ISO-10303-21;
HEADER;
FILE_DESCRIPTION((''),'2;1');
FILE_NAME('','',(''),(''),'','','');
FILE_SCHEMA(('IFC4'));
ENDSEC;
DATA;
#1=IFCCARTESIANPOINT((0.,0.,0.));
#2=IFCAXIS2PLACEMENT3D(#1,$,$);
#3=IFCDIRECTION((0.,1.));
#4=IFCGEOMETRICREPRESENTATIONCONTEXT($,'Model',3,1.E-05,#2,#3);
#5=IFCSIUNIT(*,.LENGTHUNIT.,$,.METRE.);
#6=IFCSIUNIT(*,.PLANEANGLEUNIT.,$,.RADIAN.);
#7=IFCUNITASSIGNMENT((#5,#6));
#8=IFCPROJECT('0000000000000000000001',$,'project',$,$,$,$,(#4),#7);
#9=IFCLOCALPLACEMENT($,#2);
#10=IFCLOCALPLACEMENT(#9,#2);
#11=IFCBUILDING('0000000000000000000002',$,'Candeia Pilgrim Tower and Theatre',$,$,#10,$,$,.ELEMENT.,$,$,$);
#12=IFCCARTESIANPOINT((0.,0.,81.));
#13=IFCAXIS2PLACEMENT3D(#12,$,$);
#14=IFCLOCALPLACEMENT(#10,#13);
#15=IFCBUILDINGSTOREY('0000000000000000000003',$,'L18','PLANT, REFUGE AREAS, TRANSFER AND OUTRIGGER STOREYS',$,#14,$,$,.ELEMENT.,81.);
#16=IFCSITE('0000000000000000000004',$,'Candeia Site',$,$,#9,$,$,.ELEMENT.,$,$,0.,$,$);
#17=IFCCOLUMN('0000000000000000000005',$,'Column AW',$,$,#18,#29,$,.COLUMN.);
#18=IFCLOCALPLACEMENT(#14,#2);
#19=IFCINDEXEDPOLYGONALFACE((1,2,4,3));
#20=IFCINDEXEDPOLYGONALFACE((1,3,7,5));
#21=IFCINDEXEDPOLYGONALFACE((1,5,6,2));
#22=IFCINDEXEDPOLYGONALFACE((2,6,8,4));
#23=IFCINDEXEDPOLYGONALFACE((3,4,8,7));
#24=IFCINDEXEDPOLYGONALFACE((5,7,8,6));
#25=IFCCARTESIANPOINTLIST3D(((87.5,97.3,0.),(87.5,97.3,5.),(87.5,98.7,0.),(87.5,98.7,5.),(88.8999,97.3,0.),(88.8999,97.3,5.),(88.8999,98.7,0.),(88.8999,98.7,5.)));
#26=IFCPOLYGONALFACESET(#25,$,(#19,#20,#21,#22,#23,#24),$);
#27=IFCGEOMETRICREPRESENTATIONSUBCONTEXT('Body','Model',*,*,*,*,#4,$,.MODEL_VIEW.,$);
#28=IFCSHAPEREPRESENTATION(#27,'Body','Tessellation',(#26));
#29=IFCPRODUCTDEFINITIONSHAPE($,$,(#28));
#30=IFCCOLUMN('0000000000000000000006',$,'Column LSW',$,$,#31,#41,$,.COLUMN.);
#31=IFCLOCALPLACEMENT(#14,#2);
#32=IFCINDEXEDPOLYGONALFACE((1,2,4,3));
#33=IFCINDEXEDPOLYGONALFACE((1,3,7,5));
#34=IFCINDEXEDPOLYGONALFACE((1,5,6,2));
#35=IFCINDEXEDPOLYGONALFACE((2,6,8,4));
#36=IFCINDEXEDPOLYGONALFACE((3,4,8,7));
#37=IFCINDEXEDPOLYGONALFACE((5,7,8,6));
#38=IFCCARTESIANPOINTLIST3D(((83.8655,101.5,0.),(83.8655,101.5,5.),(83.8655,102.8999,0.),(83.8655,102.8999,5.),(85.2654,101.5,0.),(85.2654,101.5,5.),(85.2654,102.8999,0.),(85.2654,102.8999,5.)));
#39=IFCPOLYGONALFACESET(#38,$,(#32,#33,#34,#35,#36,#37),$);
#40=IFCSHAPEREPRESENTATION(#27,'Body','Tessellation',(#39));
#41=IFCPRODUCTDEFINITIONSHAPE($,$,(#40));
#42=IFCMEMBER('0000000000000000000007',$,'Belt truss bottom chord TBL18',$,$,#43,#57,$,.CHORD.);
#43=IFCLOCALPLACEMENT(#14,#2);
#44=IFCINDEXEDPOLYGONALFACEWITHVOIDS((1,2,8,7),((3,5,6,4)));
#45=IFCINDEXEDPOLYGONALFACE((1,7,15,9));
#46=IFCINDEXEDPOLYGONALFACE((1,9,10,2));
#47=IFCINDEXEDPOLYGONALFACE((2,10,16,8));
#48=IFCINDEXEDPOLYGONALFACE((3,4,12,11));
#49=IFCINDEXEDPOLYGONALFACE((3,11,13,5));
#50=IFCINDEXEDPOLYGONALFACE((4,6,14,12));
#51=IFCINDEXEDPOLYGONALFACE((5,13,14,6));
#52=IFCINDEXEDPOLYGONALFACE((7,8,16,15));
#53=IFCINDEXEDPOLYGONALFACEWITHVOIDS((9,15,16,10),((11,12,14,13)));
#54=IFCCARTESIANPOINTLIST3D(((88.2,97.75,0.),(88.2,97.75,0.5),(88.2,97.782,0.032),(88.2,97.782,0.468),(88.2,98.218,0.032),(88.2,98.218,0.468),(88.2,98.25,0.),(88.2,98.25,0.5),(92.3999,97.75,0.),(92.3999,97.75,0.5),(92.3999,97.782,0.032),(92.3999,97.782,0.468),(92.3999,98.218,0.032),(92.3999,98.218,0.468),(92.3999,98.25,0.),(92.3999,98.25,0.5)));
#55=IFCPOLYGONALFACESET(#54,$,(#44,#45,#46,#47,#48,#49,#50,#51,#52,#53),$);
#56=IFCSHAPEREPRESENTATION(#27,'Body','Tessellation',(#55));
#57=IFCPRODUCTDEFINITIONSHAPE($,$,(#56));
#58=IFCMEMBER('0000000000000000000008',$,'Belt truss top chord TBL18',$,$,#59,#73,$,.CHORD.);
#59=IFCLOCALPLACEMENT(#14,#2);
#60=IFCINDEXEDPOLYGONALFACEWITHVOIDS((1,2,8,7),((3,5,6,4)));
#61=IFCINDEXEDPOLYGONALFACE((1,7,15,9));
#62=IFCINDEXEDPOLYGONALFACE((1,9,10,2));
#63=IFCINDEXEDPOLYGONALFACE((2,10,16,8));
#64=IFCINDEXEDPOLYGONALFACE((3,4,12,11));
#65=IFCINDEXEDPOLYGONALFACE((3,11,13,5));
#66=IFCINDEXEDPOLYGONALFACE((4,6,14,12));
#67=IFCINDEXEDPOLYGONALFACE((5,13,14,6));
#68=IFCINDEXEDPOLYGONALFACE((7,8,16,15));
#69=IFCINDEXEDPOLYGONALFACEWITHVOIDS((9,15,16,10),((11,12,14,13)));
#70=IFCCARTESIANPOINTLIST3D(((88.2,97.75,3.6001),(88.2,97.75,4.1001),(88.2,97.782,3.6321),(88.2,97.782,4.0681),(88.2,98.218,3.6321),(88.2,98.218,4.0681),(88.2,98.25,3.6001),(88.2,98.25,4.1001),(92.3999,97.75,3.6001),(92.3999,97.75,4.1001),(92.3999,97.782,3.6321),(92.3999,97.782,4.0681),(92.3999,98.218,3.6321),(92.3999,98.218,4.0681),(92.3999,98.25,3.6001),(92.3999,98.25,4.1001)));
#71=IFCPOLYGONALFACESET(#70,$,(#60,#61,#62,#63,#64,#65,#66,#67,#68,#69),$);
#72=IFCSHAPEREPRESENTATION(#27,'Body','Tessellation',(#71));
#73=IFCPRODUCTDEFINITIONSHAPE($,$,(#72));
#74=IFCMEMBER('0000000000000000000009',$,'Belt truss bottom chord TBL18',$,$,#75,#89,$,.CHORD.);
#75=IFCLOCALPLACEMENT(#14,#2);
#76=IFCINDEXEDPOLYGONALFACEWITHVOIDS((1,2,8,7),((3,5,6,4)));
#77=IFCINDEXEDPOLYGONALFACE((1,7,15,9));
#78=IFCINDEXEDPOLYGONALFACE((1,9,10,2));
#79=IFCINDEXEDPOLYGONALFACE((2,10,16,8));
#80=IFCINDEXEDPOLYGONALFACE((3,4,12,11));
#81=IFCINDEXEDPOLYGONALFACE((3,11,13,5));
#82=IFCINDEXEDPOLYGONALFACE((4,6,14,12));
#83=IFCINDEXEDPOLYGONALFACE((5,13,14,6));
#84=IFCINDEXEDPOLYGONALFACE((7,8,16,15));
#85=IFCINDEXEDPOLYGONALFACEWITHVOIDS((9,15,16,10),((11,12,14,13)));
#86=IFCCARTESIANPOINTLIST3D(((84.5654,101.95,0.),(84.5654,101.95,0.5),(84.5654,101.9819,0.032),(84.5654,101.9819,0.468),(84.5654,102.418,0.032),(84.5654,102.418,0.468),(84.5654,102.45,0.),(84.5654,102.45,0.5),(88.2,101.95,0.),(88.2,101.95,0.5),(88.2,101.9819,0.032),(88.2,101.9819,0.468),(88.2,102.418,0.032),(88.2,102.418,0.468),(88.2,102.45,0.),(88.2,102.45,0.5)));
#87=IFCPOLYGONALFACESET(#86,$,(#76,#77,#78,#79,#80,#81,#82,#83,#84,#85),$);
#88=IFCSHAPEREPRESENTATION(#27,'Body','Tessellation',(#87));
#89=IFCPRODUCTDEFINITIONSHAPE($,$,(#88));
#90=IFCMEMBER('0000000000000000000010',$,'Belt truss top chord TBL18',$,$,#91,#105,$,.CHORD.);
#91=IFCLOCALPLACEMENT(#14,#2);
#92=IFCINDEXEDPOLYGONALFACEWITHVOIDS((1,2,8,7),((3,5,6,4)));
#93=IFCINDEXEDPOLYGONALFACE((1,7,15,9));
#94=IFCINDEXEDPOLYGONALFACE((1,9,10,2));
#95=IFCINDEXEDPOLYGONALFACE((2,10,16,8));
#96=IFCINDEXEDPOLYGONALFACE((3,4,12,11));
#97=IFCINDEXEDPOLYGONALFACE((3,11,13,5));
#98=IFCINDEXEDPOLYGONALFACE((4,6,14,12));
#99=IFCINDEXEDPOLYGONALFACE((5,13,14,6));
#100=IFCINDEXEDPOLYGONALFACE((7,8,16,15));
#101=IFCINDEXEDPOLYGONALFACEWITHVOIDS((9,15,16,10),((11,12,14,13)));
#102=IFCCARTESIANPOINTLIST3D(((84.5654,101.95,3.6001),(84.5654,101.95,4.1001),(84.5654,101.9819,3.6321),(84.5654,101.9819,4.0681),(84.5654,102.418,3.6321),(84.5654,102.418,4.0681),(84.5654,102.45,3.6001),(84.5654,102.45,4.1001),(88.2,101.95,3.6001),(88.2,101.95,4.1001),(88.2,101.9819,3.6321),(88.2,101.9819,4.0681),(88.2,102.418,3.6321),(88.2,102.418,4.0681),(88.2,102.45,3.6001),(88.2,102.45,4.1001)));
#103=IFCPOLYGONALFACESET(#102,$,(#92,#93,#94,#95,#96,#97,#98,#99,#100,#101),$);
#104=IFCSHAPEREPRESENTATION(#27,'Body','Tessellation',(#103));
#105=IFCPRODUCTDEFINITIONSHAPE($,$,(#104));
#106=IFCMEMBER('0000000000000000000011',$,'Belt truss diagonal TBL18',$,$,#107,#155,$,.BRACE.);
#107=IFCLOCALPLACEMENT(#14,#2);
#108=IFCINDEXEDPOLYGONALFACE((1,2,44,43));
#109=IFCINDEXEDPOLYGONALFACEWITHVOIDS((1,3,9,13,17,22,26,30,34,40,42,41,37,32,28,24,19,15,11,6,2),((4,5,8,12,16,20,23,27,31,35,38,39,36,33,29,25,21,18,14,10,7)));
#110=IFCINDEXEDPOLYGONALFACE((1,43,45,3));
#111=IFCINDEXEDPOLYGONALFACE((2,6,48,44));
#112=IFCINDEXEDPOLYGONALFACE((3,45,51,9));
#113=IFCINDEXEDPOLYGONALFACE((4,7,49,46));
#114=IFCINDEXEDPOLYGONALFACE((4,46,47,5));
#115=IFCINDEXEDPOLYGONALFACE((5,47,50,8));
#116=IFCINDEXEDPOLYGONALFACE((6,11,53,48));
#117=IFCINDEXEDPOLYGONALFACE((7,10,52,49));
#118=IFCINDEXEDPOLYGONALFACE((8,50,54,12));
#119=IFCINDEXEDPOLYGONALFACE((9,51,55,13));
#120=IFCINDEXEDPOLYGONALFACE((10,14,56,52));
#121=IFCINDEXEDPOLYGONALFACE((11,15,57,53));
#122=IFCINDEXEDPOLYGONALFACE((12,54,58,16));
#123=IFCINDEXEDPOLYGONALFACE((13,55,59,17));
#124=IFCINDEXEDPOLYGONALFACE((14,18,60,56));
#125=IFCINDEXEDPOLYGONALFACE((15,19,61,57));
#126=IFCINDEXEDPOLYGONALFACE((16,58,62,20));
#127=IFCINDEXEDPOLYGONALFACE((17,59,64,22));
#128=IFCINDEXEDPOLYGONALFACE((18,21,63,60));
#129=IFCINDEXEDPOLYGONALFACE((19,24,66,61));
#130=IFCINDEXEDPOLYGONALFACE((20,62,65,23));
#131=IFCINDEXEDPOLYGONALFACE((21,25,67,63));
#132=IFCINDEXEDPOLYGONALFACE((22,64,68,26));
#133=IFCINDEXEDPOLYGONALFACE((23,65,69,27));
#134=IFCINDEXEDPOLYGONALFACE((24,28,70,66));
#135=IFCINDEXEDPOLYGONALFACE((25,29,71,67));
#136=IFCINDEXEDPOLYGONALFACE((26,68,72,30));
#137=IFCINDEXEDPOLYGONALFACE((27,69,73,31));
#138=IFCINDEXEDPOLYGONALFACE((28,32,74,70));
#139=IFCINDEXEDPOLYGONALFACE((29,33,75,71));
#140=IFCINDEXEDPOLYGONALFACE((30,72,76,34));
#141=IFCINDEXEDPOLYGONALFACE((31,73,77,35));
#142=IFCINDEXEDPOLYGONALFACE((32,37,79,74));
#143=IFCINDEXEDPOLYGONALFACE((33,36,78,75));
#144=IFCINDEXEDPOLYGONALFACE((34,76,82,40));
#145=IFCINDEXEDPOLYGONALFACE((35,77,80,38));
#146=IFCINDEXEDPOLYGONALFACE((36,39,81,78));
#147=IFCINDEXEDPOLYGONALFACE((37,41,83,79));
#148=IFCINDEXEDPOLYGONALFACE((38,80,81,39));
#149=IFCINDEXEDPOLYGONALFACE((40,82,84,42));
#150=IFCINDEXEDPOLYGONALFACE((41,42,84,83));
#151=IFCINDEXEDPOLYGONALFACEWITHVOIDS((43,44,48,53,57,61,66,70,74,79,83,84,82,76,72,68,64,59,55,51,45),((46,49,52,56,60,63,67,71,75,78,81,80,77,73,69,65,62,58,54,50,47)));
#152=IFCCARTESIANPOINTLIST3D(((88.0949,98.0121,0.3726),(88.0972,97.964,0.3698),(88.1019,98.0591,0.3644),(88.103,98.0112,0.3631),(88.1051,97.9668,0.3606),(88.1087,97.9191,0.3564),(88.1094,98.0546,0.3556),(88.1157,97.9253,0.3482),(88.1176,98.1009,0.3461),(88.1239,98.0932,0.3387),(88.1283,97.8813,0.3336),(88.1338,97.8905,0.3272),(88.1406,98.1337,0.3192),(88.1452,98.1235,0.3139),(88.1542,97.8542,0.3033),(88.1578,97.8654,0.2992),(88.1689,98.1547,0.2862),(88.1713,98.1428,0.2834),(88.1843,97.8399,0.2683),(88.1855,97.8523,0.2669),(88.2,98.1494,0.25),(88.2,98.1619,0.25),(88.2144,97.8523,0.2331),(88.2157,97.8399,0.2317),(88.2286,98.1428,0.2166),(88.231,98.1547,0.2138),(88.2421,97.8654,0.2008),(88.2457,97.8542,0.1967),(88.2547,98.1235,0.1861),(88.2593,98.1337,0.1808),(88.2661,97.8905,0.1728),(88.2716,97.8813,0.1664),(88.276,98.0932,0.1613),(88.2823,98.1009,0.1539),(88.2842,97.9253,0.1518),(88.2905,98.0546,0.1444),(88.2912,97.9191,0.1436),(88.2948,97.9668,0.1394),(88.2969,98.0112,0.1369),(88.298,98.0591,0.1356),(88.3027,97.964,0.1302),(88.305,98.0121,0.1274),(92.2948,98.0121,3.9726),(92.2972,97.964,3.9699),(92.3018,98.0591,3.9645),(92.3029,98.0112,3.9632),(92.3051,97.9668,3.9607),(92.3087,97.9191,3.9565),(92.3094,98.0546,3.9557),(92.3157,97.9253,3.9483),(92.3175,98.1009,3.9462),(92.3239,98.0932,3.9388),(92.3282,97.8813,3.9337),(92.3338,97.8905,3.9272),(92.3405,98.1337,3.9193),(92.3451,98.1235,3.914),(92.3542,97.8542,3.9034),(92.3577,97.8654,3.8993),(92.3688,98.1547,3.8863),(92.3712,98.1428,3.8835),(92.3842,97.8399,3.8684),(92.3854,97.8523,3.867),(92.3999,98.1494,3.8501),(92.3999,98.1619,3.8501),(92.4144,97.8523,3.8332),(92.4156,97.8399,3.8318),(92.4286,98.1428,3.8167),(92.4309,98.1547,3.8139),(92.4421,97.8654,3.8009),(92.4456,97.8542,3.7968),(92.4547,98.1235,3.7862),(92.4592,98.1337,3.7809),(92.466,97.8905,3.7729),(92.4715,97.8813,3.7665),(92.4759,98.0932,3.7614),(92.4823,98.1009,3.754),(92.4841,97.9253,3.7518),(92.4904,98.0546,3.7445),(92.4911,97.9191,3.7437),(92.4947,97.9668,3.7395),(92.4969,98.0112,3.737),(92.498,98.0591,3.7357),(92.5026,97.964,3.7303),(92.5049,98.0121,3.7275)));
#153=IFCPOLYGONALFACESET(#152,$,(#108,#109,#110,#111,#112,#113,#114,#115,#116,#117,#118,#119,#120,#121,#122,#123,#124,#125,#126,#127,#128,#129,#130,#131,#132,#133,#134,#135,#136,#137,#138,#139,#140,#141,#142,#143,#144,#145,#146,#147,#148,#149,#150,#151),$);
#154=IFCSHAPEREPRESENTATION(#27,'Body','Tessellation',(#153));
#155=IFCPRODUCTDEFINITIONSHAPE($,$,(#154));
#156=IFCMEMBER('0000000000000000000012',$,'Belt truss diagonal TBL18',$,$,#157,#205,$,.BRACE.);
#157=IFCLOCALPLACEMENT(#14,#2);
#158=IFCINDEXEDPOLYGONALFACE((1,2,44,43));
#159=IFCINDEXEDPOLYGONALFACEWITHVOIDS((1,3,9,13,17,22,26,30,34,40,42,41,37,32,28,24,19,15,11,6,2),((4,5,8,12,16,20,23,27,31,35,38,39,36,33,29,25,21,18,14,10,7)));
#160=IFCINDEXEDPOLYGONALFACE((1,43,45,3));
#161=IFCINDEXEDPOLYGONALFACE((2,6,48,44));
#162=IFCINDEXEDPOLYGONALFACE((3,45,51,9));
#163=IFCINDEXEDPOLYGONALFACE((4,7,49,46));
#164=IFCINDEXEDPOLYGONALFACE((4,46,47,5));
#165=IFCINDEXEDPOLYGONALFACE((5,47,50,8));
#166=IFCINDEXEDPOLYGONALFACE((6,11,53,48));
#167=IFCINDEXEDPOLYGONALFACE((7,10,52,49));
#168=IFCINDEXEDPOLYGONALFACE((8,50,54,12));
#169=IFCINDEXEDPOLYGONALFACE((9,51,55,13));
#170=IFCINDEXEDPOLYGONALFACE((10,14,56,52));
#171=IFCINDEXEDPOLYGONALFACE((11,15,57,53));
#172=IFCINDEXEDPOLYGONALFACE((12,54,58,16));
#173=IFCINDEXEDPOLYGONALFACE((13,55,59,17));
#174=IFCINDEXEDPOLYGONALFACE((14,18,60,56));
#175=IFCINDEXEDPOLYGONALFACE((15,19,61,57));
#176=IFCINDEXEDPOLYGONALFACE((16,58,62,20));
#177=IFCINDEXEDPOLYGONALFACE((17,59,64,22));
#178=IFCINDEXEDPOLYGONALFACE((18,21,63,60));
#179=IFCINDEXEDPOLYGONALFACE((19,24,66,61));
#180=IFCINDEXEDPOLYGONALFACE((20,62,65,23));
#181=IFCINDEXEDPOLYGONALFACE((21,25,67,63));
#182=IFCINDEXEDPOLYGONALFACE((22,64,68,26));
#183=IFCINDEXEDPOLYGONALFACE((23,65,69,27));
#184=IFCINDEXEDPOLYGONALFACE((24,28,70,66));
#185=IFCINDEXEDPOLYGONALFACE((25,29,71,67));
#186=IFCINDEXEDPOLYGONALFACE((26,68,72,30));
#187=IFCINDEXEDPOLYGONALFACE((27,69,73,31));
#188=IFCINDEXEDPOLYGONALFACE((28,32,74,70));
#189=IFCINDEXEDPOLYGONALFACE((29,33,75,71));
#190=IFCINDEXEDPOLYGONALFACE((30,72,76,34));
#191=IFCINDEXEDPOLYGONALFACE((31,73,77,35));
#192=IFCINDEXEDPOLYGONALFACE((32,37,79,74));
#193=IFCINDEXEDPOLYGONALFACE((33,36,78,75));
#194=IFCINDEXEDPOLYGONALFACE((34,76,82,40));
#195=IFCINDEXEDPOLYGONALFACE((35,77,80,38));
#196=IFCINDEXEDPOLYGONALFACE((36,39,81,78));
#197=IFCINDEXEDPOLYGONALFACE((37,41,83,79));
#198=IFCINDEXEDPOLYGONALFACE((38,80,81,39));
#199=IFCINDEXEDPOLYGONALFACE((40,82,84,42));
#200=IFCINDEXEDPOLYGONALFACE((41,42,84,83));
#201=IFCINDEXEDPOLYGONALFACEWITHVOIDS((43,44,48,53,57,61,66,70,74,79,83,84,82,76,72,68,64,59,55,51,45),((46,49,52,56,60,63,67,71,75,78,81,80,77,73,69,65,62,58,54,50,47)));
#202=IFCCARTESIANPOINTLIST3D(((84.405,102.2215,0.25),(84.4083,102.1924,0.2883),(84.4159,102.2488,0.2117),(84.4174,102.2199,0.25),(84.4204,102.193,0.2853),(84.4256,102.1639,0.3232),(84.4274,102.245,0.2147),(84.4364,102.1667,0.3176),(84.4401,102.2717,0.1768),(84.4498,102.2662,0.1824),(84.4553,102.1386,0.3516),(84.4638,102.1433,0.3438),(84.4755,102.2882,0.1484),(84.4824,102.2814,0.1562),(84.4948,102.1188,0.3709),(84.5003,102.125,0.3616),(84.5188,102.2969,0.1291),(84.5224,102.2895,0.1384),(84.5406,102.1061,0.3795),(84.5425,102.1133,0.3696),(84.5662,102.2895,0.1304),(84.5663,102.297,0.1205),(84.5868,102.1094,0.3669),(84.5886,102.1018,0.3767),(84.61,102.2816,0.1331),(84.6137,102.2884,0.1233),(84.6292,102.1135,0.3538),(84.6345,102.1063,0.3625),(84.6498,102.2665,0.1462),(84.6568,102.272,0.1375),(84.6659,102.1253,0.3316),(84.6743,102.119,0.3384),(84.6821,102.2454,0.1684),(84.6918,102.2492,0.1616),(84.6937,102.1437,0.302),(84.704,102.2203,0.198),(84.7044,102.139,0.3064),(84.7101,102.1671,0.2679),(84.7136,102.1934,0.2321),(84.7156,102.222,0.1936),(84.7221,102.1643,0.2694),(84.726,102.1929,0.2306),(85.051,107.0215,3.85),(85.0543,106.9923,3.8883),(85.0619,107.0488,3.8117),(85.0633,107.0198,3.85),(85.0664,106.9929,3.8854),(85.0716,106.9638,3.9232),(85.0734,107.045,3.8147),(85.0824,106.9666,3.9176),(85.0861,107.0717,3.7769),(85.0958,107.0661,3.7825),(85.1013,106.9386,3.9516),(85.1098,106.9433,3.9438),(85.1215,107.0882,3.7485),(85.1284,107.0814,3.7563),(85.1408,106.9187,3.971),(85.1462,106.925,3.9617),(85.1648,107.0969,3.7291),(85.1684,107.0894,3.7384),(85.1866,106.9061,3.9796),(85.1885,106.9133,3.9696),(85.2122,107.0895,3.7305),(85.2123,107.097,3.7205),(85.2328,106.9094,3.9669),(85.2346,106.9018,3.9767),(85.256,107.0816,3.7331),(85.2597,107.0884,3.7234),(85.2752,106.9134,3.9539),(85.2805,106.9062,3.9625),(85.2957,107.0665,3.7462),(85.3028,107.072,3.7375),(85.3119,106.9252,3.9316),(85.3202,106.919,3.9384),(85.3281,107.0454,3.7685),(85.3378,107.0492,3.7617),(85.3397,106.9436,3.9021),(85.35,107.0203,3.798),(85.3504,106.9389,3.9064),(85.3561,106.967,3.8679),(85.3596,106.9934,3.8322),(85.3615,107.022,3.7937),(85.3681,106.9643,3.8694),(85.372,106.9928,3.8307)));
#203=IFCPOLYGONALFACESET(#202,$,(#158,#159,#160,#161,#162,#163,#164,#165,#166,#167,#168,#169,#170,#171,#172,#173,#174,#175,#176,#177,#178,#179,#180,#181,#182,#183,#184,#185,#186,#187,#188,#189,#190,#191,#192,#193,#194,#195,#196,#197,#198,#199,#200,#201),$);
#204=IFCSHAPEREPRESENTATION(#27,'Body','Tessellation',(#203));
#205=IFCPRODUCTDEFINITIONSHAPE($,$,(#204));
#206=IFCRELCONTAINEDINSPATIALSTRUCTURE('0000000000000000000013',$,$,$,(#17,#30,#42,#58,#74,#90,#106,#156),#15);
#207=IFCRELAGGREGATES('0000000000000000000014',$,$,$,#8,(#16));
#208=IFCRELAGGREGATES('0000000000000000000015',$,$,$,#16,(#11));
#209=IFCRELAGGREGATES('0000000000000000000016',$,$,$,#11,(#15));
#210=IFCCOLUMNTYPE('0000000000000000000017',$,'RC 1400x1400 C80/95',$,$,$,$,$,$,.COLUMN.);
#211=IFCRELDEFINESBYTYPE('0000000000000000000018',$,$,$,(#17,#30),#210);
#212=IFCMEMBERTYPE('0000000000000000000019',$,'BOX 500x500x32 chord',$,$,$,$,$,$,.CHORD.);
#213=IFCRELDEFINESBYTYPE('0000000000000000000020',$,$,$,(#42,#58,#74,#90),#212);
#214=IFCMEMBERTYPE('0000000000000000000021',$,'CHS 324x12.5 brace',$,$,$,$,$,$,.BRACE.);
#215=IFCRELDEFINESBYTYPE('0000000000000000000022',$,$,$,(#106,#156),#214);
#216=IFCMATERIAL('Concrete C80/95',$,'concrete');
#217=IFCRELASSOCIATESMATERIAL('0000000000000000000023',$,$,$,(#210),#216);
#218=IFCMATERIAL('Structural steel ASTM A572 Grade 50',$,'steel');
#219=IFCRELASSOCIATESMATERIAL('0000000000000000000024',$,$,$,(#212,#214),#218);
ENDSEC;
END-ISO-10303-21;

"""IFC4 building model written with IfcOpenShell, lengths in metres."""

from ifc_helpers import new_model, si_unit, direction, frame, origin, origin_2d, place, context, subcontext, project, spatial, rectangle, hollow_rectangle, hollow_circle, extrude, material, material_profile, profile_set, type_object, element, save


model = new_model("IFC4")

# Units and contexts
model_context = context("Model", 3, precision=1e-05, world=origin(), true_north=direction((0.0, 1.0)))
body_context = subcontext(model_context, "Body", "Model", "MODEL_VIEW")
ifc_project = project(units=[si_unit("LENGTHUNIT", "METRE"), si_unit("PLANEANGLEUNIT", "RADIAN")], contexts=[model_context])

# Site, building, storey
site_placement = place(None, origin())
site = spatial("IfcSite", under=ifc_project, at=site_placement, Name="Candeia Site", CompositionType="ELEMENT", RefElevation=0.0)
building_placement = place(site_placement, origin())
building = spatial("IfcBuilding", under=site, at=building_placement, Name="Candeia Pilgrim Tower and Theatre", CompositionType="ELEMENT")
storey_placement = place(building_placement, frame((0.0, 0.0, 81.0)))
storey = spatial("IfcBuildingStorey", under=building, at=storey_placement, Name="L18", Description="PLANT, REFUGE AREAS, TRANSFER AND OUTRIGGER STOREYS", CompositionType="ELEMENT", Elevation=81.0)

# Columns
ifc_material_1 = material(Name="Concrete C80/95", Category="concrete")
ifc_material_profile_1 = material_profile(ifc_material_1, rectangle(XDim=1.3999, YDim=1.3999, at=origin_2d()))
ifc_profile_set_1 = profile_set([ifc_material_profile_1], Name="Concrete C80/95")
column_type = type_object("IfcColumnType", Name="RC 1400x1400 C80/95", PredefinedType="COLUMN", material=ifc_profile_set_1)
for number, where, z_axis, x_axis, name in (
    (1, (88.2, 98.0, 0.0), (0.0, 0.0, 1.0), (1.0, 0.0, 0.0), "Column AW"),
    (2, (84.5654, 102.2, 0.0), (0.0, 0.0, 1.0), (1.0, 0.0, 0.0), "Column LSW"),
):
    element("IfcColumn", number, at=place(storey_placement, frame(where, z_axis=z_axis, x_axis=x_axis)), inside=storey, type_object=column_type, Name=name, PredefinedType="COLUMN", context=body_context, shape_type="SweptSolid", body=[
        extrude(rectangle(XDim=1.3999, YDim=1.3999, at=origin_2d()), origin(), (0.0, 0.0, 1.0), 5.0),
    ])

# Members
ifc_material_2 = material(Name="Structural steel ASTM A572 Grade 50", Category="steel")
ifc_material_profile_2 = material_profile(ifc_material_2, hollow_rectangle(XDim=0.5, YDim=0.5, WallThickness=0.032, at=origin_2d()))
ifc_profile_set_2 = profile_set([ifc_material_profile_2], Name="Structural steel ASTM A572 Grade 50")
member_type_1 = type_object("IfcMemberType", Name="BOX 500x500x32 chord", PredefinedType="CHORD", material=ifc_profile_set_2)
for number, where, z_axis, x_axis, name in (
    (3, (88.2, 98.0, 0.25), (1.0, 0.0, 0.0), (0.0, 1.0, 0.0), "Belt truss bottom chord TBL18"),
    (4, (88.2, 98.0, 3.8501), (1.0, 0.0, 0.0), (0.0, 1.0, 0.0), "Belt truss top chord TBL18"),
):
    element("IfcMember", number, at=place(storey_placement, frame(where, z_axis=z_axis, x_axis=x_axis)), inside=storey, type_object=member_type_1, Name=name, PredefinedType="CHORD", context=body_context, shape_type="SweptSolid", body=[
        extrude(hollow_rectangle(XDim=0.5, YDim=0.5, WallThickness=0.032, at=origin_2d()), origin(), (0.0, 0.0, 1.0), 4.2),
    ])
for number, where, z_axis, x_axis, name in (
    (5, (84.5654, 102.2, 0.25), (1.0, 0.0, 0.0), (0.0, 1.0, 0.0), "Belt truss bottom chord TBL18"),
    (6, (84.5654, 102.2, 3.8501), (1.0, 0.0, 0.0), (0.0, 1.0, 0.0), "Belt truss top chord TBL18"),
):
    element("IfcMember", number, at=place(storey_placement, frame(where, z_axis=z_axis, x_axis=x_axis)), inside=storey, type_object=member_type_1, Name=name, PredefinedType="CHORD", context=body_context, shape_type="SweptSolid", body=[
        extrude(hollow_rectangle(XDim=0.5, YDim=0.5, WallThickness=0.032, at=origin_2d()), origin(), (0.0, 0.0, 1.0), 3.6345),
    ])
ifc_material_profile_3 = material_profile(ifc_material_2, hollow_circle(Radius=0.1619, WallThickness=0.0125, at=origin_2d()))
ifc_profile_set_3 = profile_set([ifc_material_profile_3], Name="Structural steel ASTM A572 Grade 50")
member_type_2 = type_object("IfcMemberType", Name="CHS 324x12.5 brace", PredefinedType="BRACE", material=ifc_profile_set_3)
member_1_placement = place(storey_placement, frame((88.2, 98.0, 0.25), z_axis=(0.759244, 0.0, 0.650806), x_axis=(0.0, 1.0, 0.0)))
element("IfcMember", 7, at=member_1_placement, inside=storey, type_object=member_type_2, Name="Belt truss diagonal TBL18", PredefinedType="BRACE", context=body_context, shape_type="SweptSolid", body=[
    extrude(hollow_circle(Radius=0.1619, WallThickness=0.0125, at=origin_2d()), origin(), (0.0, 0.0, 1.0), 5.5317),
])
member_2_placement = place(storey_placement, frame((84.5654, 102.2, 0.25), z_axis=(0.107046, 0.795398, 0.596559), x_axis=(-0.991065, 0.133379, 0.0)))
element("IfcMember", 8, at=member_2_placement, inside=storey, type_object=member_type_2, Name="Belt truss diagonal TBL18", PredefinedType="BRACE", context=body_context, shape_type="SweptSolid", body=[
    extrude(hollow_circle(Radius=0.1619, WallThickness=0.0125, at=origin_2d()), origin(), (0.0, 0.0, 1.0), 6.0347),
])

save(model, "model.ifc")
